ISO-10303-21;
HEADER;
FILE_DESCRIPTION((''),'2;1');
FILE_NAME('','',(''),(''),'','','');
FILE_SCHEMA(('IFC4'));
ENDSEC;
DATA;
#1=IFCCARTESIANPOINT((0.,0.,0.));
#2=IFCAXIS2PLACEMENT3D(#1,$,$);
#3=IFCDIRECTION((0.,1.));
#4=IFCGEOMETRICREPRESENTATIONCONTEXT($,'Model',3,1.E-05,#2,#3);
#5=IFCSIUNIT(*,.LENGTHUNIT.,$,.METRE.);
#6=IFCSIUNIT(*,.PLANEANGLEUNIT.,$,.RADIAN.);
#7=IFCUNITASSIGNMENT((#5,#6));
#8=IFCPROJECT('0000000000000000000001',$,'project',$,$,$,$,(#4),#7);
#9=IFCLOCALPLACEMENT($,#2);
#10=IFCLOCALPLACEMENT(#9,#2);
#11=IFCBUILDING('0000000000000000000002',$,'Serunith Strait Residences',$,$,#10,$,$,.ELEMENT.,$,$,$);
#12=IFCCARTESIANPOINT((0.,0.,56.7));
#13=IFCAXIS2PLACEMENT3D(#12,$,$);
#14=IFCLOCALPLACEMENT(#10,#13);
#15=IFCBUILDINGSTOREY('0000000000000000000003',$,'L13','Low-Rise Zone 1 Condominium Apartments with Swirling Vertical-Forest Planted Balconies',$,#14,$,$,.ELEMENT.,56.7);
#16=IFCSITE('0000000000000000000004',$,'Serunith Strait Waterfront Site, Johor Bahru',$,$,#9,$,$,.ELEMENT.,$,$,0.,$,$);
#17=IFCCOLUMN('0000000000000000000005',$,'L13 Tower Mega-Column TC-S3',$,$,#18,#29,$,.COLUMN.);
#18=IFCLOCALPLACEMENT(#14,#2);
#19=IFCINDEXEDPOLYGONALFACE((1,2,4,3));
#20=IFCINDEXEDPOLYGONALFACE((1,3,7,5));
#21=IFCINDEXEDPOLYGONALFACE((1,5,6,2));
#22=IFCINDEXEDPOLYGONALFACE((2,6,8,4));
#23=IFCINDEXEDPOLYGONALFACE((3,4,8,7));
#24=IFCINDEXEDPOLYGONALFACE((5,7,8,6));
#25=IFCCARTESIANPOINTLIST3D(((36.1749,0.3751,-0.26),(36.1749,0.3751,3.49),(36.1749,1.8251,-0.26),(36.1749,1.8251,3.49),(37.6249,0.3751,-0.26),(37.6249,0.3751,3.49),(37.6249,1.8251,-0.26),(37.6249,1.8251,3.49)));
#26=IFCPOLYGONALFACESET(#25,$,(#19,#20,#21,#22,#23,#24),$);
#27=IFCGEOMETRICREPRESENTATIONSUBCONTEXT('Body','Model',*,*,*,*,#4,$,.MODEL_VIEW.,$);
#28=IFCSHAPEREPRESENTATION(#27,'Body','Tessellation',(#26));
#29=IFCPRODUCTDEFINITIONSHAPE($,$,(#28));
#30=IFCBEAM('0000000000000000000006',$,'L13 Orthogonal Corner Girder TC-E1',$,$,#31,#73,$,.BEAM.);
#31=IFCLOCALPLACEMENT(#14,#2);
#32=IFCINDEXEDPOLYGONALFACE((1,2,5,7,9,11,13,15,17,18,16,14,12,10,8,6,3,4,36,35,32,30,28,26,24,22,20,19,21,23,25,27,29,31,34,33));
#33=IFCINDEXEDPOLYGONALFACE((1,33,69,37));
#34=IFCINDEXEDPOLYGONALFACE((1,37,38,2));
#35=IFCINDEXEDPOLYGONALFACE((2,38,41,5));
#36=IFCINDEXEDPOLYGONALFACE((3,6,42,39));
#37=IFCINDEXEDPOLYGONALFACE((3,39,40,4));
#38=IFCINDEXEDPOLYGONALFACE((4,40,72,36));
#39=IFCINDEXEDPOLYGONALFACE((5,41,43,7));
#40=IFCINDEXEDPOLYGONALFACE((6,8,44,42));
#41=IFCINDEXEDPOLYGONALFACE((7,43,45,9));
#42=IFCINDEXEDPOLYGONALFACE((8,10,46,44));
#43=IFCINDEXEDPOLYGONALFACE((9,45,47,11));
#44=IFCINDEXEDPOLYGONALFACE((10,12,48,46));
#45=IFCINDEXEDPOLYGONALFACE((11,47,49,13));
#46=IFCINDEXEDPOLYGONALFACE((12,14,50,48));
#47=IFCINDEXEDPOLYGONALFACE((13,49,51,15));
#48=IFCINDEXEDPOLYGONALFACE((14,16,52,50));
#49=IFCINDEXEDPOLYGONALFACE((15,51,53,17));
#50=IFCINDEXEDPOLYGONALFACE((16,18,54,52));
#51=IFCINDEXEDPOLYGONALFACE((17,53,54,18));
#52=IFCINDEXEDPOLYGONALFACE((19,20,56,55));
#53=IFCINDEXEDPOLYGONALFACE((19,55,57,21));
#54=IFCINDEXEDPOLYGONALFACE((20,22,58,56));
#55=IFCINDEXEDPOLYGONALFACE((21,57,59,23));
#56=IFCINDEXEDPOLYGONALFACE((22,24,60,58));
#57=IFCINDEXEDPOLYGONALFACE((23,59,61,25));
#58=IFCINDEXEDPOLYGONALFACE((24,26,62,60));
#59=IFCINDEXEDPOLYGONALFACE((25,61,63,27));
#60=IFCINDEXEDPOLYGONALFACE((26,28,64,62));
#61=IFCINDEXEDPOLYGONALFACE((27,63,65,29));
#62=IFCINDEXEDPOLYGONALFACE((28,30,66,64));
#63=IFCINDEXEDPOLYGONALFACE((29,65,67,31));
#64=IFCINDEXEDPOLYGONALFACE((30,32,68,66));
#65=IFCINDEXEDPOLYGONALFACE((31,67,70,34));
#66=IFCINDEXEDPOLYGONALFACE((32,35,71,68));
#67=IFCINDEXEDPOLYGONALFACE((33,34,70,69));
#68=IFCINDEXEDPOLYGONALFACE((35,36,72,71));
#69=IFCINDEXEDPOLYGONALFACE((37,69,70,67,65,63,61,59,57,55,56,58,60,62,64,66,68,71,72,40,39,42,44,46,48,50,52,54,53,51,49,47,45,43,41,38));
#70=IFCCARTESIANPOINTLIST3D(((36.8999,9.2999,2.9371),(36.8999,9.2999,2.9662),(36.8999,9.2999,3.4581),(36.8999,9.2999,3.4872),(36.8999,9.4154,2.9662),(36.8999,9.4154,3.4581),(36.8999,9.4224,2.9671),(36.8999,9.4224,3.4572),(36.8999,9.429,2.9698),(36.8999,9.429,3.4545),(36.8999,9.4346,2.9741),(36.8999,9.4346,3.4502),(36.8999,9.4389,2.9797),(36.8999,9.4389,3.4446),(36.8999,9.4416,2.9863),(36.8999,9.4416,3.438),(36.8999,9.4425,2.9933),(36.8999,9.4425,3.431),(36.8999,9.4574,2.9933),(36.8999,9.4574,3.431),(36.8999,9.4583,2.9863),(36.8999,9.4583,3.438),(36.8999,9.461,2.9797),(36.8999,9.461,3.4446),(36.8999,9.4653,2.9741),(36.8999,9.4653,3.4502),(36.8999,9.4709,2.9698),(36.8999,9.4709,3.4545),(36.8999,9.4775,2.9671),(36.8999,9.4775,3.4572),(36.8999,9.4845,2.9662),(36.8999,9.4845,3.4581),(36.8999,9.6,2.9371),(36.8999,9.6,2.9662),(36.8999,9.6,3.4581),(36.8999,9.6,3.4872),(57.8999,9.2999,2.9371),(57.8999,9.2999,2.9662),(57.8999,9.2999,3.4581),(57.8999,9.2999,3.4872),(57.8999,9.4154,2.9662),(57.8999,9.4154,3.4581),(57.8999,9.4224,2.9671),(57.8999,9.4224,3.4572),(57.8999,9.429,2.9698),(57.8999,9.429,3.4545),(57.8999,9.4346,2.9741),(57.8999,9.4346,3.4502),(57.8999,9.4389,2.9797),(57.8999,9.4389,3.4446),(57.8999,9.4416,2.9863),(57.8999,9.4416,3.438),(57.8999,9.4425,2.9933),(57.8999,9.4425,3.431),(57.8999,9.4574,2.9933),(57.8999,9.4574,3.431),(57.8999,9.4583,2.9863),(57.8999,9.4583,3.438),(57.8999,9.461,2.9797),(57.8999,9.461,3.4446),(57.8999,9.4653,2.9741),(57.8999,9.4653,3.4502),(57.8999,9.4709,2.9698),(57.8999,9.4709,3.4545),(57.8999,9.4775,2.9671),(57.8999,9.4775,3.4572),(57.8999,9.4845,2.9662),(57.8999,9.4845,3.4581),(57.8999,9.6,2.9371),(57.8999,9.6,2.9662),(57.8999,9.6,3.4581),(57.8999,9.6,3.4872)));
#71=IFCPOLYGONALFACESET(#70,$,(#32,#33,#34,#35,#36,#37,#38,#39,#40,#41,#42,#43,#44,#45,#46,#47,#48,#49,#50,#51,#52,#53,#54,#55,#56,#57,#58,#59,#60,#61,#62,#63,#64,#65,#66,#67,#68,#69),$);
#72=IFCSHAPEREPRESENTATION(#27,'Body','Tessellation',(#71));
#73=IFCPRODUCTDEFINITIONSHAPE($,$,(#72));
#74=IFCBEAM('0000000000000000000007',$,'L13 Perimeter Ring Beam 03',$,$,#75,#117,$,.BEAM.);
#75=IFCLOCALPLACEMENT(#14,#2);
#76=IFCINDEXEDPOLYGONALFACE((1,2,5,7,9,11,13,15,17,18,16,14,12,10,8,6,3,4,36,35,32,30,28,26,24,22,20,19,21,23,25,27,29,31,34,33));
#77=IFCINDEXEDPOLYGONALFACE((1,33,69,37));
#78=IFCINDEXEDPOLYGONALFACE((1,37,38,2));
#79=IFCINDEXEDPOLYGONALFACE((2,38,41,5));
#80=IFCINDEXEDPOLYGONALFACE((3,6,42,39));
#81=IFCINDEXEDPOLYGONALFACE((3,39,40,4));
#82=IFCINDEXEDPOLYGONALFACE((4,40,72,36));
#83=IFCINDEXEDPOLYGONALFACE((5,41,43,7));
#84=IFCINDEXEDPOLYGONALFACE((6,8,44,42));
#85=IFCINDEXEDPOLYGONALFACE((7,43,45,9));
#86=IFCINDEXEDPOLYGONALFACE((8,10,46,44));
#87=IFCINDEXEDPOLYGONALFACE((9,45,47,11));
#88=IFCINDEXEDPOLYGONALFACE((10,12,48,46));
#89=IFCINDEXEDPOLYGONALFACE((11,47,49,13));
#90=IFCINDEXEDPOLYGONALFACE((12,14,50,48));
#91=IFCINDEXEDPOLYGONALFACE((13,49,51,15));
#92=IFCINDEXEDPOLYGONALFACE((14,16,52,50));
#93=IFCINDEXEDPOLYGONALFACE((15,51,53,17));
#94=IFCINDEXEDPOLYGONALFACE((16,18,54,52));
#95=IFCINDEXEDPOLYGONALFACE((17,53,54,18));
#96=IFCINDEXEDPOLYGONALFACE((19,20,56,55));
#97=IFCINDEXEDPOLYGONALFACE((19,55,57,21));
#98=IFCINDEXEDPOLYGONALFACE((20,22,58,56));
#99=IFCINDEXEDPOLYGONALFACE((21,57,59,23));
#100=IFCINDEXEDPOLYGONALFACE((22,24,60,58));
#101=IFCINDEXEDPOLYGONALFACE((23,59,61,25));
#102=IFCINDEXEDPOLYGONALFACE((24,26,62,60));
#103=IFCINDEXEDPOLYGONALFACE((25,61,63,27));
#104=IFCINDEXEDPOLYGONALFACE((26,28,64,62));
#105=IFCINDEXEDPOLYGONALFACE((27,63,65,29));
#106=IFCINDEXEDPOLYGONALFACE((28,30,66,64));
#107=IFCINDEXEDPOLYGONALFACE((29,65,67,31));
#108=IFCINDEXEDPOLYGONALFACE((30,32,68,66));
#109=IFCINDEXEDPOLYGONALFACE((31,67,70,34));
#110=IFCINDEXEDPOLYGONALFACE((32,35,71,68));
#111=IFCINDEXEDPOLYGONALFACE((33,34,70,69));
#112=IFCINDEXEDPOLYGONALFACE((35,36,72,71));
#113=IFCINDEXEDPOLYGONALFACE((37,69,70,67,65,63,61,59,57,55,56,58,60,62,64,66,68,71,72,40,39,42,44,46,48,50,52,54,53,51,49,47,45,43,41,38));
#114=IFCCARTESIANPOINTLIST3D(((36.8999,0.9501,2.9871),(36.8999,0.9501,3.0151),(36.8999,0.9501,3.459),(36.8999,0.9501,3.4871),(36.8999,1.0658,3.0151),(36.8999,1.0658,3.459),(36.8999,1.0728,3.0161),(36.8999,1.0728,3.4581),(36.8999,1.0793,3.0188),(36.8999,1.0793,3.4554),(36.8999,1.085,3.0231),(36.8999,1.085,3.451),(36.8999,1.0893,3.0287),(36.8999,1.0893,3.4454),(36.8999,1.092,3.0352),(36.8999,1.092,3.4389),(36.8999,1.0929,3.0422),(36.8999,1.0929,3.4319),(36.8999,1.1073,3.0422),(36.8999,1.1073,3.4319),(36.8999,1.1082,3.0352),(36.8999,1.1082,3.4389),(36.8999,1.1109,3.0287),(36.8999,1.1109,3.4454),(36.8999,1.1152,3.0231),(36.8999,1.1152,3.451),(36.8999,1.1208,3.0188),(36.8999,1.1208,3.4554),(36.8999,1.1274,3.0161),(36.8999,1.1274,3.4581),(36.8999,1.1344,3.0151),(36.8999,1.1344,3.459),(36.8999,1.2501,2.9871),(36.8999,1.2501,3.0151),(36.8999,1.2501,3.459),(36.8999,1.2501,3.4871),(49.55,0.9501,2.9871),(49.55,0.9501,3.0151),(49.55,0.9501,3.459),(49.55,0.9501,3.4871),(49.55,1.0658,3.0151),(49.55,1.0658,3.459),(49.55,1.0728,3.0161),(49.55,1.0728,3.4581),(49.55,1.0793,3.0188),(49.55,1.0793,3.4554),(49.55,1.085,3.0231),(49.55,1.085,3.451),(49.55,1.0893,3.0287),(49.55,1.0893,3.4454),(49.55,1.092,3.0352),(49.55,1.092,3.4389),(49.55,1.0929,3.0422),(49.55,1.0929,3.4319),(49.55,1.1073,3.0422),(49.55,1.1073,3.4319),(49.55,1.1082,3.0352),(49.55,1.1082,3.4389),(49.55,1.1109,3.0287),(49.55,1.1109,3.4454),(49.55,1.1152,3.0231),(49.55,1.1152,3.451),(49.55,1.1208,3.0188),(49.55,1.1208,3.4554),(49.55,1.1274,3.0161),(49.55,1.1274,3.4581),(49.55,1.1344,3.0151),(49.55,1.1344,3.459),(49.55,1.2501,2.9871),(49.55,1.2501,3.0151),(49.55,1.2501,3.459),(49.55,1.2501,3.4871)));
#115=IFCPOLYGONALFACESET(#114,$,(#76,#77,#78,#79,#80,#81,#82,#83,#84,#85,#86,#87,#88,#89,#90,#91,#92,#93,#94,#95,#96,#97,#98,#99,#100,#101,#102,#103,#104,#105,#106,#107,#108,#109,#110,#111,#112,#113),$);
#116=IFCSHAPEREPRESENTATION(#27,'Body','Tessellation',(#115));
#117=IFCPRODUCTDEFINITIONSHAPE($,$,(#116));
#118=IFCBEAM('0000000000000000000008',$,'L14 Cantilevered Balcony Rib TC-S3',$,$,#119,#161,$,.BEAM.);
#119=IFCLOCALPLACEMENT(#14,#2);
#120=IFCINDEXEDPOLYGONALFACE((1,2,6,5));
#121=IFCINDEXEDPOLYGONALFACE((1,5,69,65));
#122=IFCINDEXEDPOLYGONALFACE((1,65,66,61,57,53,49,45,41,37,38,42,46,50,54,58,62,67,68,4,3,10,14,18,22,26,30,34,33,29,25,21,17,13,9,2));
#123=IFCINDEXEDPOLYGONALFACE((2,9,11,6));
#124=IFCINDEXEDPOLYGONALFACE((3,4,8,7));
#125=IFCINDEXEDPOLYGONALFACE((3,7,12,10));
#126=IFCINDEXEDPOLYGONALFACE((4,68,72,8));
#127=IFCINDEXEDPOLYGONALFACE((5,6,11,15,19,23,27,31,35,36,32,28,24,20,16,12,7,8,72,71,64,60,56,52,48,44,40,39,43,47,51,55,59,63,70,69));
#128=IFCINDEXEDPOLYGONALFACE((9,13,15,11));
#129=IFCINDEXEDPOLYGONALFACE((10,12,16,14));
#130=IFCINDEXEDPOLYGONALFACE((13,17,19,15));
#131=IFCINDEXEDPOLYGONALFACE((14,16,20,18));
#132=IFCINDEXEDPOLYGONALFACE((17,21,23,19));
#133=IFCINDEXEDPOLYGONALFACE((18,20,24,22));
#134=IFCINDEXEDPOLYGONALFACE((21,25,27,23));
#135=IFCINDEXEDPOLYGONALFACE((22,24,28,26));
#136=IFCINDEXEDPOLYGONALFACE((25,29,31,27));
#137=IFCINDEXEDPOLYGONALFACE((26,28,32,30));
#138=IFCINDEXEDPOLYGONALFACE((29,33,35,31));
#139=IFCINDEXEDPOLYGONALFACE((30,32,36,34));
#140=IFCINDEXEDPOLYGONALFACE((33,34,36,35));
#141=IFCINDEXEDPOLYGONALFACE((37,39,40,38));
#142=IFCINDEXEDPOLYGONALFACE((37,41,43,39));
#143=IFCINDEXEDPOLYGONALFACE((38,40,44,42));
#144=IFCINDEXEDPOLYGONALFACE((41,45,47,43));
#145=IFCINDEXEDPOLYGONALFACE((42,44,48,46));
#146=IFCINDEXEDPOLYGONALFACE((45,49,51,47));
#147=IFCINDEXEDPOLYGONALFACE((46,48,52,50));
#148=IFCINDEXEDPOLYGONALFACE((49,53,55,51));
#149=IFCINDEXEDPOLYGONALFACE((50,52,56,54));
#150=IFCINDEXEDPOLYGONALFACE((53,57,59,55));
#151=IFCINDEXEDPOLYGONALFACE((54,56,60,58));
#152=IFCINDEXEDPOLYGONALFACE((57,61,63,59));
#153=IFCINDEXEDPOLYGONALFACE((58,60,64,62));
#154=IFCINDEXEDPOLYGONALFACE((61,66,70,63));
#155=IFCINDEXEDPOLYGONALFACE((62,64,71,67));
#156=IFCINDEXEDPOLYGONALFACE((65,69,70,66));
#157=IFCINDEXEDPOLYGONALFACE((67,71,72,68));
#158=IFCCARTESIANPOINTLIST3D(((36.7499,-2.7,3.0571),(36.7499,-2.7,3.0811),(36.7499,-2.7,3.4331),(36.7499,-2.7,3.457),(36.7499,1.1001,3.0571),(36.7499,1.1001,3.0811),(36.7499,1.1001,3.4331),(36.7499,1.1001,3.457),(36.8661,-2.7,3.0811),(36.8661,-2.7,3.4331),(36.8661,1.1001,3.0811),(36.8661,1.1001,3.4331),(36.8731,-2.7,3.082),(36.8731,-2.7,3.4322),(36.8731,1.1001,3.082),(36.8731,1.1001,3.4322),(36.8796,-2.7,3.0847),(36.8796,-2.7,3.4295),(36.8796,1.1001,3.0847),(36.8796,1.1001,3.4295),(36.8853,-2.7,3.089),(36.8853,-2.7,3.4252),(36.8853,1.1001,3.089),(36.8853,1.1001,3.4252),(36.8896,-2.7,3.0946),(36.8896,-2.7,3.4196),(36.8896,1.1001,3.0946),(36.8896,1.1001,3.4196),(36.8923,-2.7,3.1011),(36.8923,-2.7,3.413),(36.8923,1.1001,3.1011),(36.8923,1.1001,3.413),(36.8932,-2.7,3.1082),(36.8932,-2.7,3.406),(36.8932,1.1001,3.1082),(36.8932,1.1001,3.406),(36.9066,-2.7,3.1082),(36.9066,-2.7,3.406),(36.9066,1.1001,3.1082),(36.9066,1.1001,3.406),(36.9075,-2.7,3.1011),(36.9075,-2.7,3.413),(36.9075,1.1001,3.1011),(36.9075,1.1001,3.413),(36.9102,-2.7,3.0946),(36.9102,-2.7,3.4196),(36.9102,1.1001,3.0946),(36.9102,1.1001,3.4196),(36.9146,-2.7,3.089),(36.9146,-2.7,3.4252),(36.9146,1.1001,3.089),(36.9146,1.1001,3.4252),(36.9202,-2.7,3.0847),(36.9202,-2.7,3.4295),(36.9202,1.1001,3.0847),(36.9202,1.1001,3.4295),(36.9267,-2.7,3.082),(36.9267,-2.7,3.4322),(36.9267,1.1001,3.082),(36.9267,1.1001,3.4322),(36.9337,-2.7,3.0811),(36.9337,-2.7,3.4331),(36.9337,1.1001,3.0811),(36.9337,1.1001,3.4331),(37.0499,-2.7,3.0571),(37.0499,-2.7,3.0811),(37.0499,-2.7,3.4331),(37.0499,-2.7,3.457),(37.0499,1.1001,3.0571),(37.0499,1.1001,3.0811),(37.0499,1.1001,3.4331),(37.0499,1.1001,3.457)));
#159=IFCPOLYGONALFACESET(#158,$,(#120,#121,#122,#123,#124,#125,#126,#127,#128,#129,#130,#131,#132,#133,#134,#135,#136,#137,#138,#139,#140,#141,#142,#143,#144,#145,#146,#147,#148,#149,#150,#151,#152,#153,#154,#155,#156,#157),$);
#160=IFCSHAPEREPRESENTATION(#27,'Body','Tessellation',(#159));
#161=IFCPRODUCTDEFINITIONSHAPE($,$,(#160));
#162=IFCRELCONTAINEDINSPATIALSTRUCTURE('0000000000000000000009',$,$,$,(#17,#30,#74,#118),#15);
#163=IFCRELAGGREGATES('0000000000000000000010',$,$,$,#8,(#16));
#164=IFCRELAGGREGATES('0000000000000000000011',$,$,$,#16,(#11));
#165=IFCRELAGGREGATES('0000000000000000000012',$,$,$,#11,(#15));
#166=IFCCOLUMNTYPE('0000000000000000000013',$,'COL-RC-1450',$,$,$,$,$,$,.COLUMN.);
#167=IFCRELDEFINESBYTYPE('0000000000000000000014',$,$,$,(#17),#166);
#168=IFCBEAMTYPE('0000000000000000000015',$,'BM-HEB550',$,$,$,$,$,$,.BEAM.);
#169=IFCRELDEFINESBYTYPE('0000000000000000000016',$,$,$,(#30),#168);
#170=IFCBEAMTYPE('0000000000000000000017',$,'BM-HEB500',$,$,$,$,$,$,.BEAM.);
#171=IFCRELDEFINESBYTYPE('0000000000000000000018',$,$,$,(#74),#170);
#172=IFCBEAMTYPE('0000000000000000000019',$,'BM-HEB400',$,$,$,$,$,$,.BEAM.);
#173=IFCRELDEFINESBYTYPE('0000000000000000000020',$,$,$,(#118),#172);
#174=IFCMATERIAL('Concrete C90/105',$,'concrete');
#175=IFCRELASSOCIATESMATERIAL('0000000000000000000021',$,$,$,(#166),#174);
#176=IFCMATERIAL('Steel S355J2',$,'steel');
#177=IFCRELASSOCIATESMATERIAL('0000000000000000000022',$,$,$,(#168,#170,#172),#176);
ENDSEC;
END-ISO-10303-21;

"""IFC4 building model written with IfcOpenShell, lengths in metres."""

from ifc_helpers import new_model, si_unit, direction, frame, origin, origin_2d, place, context, subcontext, project, spatial, rectangle, i_section, extrude, source, transform, mapped, material, material_profile, profile_set, type_object, element, save


model = new_model("IFC4")

# Units and contexts
model_context = context("Model", 3, precision=1e-05, world=origin(), true_north=direction((0.0, 1.0)))
body_context = subcontext(model_context, "Body", "Model", "MODEL_VIEW")
ifc_project = project(units=[si_unit("LENGTHUNIT", "METRE"), si_unit("PLANEANGLEUNIT", "RADIAN")], contexts=[model_context])

# Site, building, storey
site_placement = place(None, origin())
site = spatial("IfcSite", under=ifc_project, at=site_placement, Name="Serunith Strait Waterfront Site, Johor Bahru", CompositionType="ELEMENT", RefElevation=0.0)
building_placement = place(site_placement, origin())
building = spatial("IfcBuilding", under=site, at=building_placement, Name="Serunith Strait Residences", CompositionType="ELEMENT")
storey_placement = place(building_placement, frame((0.0, 0.0, 56.7)))
storey = spatial("IfcBuildingStorey", under=building, at=storey_placement, Name="L13", Description="Low-Rise Zone 1 Condominium Apartments with Swirling Vertical-Forest Planted Balconies", CompositionType="ELEMENT", Elevation=56.7)

# Column
ifc_material_1 = material(Name="Concrete C90/105", Category="concrete")
ifc_material_profile_1 = material_profile(ifc_material_1, rectangle(XDim=1.45, YDim=1.45, at=origin_2d()), Name="RC 1450x1450")
ifc_profile_set_1 = profile_set([ifc_material_profile_1], Name="Concrete C90/105")
column_type = type_object("IfcColumnType", Name="COL-RC-1450", PredefinedType="COLUMN", material=ifc_profile_set_1)
shared_shape_1 = source(origin(), body_context, "Body", "SweptSolid", [
    extrude(rectangle(XDim=1.45, YDim=1.45, at=origin_2d()), origin(), (0.0, 0.0, 1.0), 3.75),
])
column_placement = place(storey_placement, frame((36.8999, 1.1001, -0.26), z_axis=(0.0, 0.0, 1.0), x_axis=(1.0, 0.0, 0.0)))
element("IfcColumn", 1, at=column_placement, inside=storey, type_object=column_type, Name="L13 Tower Mega-Column TC-S3", PredefinedType="COLUMN", context=body_context, shape_type="MappedRepresentation", body=[
    mapped(shared_shape_1, transform((0.0, 0.0, 0.0), scale=1.0)),
])

# Beams
ifc_material_2 = material(Name="Steel S355J2", Category="steel")
ifc_material_profile_2 = material_profile(ifc_material_2, i_section(OverallWidth=0.3, OverallDepth=0.55, WebThickness=0.0149, FlangeThickness=0.0291, FilletRadius=0.0271, at=origin_2d()), Name="HEB 550")
ifc_profile_set_2 = profile_set([ifc_material_profile_2], Name="Steel S355J2")
beam_type_1 = type_object("IfcBeamType", Name="BM-HEB550", PredefinedType="BEAM", material=ifc_profile_set_2)
shared_shape_2 = source(origin(), body_context, "Body", "SweptSolid", [
    extrude(i_section(OverallWidth=0.3, OverallDepth=0.55, WebThickness=0.0149, FlangeThickness=0.0291, FilletRadius=0.0271, at=origin_2d()), origin(), (0.0, 0.0, 1.0), 21.0),
])
beam_1_placement = place(storey_placement, frame((36.8999, 9.45, 3.2122), z_axis=(1.0, 0.0, 0.0), x_axis=(0.0, 1.0, 0.0)))
element("IfcBeam", 2, at=beam_1_placement, inside=storey, type_object=beam_type_1, Name="L13 Orthogonal Corner Girder TC-E1", PredefinedType="BEAM", context=body_context, shape_type="MappedRepresentation", body=[
    mapped(shared_shape_2, transform((0.0, 0.0, 0.0), scale=1.0)),
])
ifc_material_profile_3 = material_profile(ifc_material_2, i_section(OverallWidth=0.3, OverallDepth=0.5, WebThickness=0.0144, FlangeThickness=0.0281, FilletRadius=0.0271, at=origin_2d()), Name="HEB 500")
ifc_profile_set_3 = profile_set([ifc_material_profile_3], Name="Steel S355J2")
beam_type_2 = type_object("IfcBeamType", Name="BM-HEB500", PredefinedType="BEAM", material=ifc_profile_set_3)
shared_shape_3 = source(origin(), body_context, "Body", "SweptSolid", [
    extrude(i_section(OverallWidth=0.3, OverallDepth=0.5, WebThickness=0.0144, FlangeThickness=0.0281, FilletRadius=0.0271, at=origin_2d()), origin(), (0.0, 0.0, 1.0), 12.6501),
])
beam_2_placement = place(storey_placement, frame((36.8999, 1.1001, 3.2371), z_axis=(1.0, 0.0, 0.0), x_axis=(0.0, 1.0, 0.0)))
element("IfcBeam", 3, at=beam_2_placement, inside=storey, type_object=beam_type_2, Name="L13 Perimeter Ring Beam 03", PredefinedType="BEAM", context=body_context, shape_type="MappedRepresentation", body=[
    mapped(shared_shape_3, transform((0.0, 0.0, 0.0), scale=1.0)),
])
ifc_material_profile_4 = material_profile(ifc_material_2, i_section(OverallWidth=0.3, OverallDepth=0.3999, WebThickness=0.0134, FlangeThickness=0.0239, FilletRadius=0.0271, at=origin_2d()), Name="HEB 400")
ifc_profile_set_4 = profile_set([ifc_material_profile_4], Name="Steel S355J2")
beam_type_3 = type_object("IfcBeamType", Name="BM-HEB400", PredefinedType="BEAM", material=ifc_profile_set_4)
shared_shape_4 = source(origin(), body_context, "Body", "SweptSolid", [
    extrude(i_section(OverallWidth=0.3, OverallDepth=0.3999, WebThickness=0.0134, FlangeThickness=0.0239, FilletRadius=0.0271, at=origin_2d()), origin(), (0.0, 0.0, 1.0), 3.8),
])
beam_3_placement = place(storey_placement, frame((36.8999, 1.1001, 3.2571), z_axis=(0.0, -1.0, 0.0), x_axis=(1.0, 0.0, 0.0)))
element("IfcBeam", 4, at=beam_3_placement, inside=storey, type_object=beam_type_3, Name="L14 Cantilevered Balcony Rib TC-S3", PredefinedType="BEAM", context=body_context, shape_type="MappedRepresentation", body=[
    mapped(shared_shape_4, transform((0.0, 0.0, 0.0), scale=1.0)),
])

save(model, "model.ifc")
